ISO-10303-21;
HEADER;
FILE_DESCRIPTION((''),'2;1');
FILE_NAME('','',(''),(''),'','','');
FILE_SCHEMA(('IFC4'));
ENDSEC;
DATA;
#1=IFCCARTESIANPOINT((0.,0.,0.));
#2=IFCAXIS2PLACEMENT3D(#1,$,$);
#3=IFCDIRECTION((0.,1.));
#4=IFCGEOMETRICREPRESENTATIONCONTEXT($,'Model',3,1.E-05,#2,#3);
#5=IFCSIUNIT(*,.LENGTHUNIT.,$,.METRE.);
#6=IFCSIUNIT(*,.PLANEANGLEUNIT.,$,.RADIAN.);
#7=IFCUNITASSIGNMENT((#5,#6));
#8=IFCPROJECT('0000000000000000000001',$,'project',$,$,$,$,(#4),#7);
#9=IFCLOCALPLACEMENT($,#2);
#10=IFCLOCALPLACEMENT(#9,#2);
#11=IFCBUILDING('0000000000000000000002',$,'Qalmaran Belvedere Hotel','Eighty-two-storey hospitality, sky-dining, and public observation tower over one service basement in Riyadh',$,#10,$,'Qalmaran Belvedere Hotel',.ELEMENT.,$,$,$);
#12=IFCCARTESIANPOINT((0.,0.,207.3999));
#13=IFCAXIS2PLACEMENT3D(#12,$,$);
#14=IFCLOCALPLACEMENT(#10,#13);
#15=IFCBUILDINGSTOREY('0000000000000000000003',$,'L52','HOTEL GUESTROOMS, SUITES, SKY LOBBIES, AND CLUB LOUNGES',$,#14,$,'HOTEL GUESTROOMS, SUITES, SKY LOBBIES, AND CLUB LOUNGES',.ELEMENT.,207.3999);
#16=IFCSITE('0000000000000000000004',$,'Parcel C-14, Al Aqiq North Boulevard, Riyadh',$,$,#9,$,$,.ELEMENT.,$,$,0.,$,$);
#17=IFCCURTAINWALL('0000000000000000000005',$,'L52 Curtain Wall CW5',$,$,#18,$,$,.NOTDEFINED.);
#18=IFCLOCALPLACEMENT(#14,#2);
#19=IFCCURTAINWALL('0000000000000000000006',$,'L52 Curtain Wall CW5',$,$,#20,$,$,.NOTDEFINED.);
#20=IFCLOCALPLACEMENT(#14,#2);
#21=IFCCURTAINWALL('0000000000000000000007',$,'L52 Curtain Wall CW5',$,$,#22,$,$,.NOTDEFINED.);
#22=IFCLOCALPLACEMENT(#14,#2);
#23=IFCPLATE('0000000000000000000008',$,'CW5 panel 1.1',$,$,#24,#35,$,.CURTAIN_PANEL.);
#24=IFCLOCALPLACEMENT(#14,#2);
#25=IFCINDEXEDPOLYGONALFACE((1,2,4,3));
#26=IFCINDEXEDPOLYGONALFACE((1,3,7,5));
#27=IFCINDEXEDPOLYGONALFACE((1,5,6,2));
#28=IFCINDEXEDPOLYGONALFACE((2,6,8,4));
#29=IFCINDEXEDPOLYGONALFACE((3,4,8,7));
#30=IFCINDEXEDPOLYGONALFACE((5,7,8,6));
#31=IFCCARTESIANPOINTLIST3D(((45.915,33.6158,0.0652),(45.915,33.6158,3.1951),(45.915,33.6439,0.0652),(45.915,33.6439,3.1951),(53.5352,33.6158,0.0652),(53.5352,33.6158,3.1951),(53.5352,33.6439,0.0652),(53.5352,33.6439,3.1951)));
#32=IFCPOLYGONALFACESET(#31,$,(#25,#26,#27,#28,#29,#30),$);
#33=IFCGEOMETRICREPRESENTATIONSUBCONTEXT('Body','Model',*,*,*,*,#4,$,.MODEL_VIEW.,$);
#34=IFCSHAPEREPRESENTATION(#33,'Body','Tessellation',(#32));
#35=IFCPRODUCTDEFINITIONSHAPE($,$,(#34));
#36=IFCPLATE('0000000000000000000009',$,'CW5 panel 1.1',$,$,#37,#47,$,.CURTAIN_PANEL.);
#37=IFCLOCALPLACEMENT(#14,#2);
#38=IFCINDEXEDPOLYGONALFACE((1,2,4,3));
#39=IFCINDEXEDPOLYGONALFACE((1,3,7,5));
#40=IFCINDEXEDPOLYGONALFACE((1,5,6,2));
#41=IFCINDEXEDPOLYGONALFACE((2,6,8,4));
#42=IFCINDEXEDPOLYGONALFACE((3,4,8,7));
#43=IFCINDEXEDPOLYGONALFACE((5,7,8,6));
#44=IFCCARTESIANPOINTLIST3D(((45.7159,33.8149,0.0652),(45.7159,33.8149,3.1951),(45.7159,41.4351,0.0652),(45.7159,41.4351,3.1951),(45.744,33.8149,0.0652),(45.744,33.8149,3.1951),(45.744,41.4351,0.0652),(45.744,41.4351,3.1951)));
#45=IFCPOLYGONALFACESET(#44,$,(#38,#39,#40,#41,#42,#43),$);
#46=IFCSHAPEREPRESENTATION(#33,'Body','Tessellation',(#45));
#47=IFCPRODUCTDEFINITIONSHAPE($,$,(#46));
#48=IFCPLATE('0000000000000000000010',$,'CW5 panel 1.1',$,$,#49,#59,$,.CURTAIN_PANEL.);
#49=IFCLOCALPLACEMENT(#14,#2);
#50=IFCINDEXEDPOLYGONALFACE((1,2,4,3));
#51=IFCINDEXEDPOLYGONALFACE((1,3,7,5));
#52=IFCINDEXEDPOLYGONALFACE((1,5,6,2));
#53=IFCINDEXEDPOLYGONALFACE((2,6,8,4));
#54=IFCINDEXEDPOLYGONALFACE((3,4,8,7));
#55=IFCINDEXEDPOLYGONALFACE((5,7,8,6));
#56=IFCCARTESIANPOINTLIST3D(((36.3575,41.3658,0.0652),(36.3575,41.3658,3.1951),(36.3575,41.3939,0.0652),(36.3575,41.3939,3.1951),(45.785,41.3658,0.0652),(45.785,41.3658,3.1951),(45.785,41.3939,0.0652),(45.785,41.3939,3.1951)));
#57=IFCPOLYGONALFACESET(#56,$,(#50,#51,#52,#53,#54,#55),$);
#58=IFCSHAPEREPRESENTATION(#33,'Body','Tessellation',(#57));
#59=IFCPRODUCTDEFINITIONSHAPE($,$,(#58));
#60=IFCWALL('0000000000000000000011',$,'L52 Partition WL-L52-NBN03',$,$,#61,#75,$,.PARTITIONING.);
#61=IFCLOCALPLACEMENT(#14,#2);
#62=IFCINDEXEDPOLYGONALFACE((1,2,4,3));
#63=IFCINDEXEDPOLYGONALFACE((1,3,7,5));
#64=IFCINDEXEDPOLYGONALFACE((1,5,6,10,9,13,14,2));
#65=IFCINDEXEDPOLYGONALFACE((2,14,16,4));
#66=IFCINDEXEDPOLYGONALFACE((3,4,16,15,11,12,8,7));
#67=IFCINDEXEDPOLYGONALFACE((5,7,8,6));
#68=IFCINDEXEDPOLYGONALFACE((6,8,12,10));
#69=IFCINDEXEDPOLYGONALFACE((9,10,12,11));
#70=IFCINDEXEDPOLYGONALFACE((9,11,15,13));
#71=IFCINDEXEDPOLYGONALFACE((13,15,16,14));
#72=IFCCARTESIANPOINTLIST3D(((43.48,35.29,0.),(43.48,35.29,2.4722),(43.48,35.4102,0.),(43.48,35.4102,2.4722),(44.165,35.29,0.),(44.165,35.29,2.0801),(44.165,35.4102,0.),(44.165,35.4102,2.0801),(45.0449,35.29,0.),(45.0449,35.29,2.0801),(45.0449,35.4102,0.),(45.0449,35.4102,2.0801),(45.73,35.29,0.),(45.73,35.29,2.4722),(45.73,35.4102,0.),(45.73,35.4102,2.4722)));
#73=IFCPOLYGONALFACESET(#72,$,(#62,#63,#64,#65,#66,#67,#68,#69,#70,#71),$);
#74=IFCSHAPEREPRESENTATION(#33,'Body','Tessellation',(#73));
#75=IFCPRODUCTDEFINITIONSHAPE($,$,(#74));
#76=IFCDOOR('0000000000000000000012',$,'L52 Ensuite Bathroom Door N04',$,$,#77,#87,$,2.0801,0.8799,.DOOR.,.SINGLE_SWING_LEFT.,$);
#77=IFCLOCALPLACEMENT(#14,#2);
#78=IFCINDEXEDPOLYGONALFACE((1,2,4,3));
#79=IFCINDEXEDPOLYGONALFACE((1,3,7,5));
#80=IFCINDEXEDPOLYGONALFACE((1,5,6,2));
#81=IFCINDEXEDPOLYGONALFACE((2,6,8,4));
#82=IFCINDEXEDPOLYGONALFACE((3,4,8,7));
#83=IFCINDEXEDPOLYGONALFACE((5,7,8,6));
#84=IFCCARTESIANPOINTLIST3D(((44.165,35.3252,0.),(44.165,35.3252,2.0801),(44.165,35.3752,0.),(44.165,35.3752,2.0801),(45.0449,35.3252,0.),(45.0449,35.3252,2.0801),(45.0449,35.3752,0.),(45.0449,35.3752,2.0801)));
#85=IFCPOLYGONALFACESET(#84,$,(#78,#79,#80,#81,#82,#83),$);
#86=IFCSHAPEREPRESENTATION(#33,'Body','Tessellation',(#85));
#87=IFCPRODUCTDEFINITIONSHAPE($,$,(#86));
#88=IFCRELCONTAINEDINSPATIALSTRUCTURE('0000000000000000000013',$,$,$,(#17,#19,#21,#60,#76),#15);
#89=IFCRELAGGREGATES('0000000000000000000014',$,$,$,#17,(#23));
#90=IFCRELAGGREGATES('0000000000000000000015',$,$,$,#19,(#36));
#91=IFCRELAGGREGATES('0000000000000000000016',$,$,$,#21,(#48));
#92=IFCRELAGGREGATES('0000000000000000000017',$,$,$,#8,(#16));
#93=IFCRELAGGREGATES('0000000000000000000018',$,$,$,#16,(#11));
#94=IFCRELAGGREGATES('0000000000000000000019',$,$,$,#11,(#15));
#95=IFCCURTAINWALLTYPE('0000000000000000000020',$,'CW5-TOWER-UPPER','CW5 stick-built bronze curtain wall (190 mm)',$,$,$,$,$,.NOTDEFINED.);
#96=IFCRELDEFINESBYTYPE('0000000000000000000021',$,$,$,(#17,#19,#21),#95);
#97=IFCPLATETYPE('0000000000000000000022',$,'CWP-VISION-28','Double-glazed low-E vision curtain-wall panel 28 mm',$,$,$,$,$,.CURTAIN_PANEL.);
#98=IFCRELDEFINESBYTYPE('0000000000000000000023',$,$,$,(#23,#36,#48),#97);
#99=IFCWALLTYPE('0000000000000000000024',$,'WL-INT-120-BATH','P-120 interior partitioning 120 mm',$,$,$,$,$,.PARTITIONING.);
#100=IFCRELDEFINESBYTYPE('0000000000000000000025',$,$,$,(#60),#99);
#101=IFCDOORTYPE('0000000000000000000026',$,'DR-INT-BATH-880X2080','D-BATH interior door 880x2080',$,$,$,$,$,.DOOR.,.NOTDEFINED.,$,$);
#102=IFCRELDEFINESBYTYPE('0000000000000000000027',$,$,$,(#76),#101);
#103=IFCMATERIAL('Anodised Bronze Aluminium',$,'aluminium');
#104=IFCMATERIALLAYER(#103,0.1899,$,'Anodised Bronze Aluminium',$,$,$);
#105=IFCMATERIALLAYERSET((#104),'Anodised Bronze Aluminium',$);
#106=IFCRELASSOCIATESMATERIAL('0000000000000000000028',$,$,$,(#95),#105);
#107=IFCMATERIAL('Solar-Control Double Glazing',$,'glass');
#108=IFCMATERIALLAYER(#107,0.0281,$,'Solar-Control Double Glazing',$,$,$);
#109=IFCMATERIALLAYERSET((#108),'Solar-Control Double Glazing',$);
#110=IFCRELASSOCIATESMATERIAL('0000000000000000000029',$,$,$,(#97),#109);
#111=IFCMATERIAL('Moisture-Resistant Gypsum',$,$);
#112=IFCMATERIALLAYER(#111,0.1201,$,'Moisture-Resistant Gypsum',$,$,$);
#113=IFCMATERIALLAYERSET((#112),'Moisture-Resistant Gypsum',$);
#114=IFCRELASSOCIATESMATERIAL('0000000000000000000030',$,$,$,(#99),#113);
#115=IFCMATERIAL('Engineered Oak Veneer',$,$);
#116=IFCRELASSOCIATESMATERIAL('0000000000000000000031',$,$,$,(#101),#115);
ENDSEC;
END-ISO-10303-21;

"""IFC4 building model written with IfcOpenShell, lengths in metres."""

from ifc_helpers import new_model, si_unit, direction, frame, frame_2d, origin, origin_2d, place, context, subcontext, project, spatial, rectangle, extrude, material, layer, layer_set, type_object, element, fill, aggregate, save


model = new_model("IFC4")

# Units and contexts
model_context = context("Model", 3, precision=1e-05, world=origin(), true_north=direction((0.0, 1.0)))
body_context = subcontext(model_context, "Body", "Model", "MODEL_VIEW")
ifc_project = project(units=[si_unit("LENGTHUNIT", "METRE"), si_unit("PLANEANGLEUNIT", "RADIAN")], contexts=[model_context])

# Site, building, storey
site_placement = place(None, origin())
site = spatial("IfcSite", under=ifc_project, at=site_placement, Name="Parcel C-14, Al Aqiq North Boulevard, Riyadh", CompositionType="ELEMENT", RefElevation=0.0)
building_placement = place(site_placement, origin())
building = spatial("IfcBuilding", under=site, at=building_placement, Name="Qalmaran Belvedere Hotel", Description="Eighty-two-storey hospitality, sky-dining, and public observation tower over one service basement in Riyadh", LongName="Qalmaran Belvedere Hotel", CompositionType="ELEMENT")
storey_placement = place(building_placement, frame((0.0, 0.0, 207.3999)))
storey = spatial("IfcBuildingStorey", under=building, at=storey_placement, Name="L52", Description="HOTEL GUESTROOMS, SUITES, SKY LOBBIES, AND CLUB LOUNGES", LongName="HOTEL GUESTROOMS, SUITES, SKY LOBBIES, AND CLUB LOUNGES", CompositionType="ELEMENT", Elevation=207.3999)

# Shared definitions
ifc_material_1 = material(Name="Anodised Bronze Aluminium", Category="aluminium")
ifc_layer_1 = layer(ifc_material_1, 0.1899, Name="Anodised Bronze Aluminium")
ifc_layer_set_1 = layer_set([ifc_layer_1], Name="Anodised Bronze Aluminium")
curtain_wall_type = type_object("IfcCurtainWallType", Name="CW5-TOWER-UPPER", Description="CW5 stick-built bronze curtain wall (190 mm)", PredefinedType="NOTDEFINED", material=ifc_layer_set_1)

# Curtain walls
curtain_wall_1_placement = place(storey_placement, origin())
curtain_wall_1 = element("IfcCurtainWall", 1, at=curtain_wall_1_placement, inside=storey, type_object=curtain_wall_type, Name="L52 Curtain Wall CW5", PredefinedType="NOTDEFINED")
curtain_wall_2_placement = place(storey_placement, origin())
curtain_wall_2 = element("IfcCurtainWall", 2, at=curtain_wall_2_placement, inside=storey, type_object=curtain_wall_type, Name="L52 Curtain Wall CW5", PredefinedType="NOTDEFINED")

# Curtain wall
curtain_wall_3_placement = place(storey_placement, origin())
curtain_wall_3 = element("IfcCurtainWall", 3, at=curtain_wall_3_placement, inside=storey, type_object=curtain_wall_type, Name="L52 Curtain Wall CW5", PredefinedType="NOTDEFINED")

# Plates
ifc_material_2 = material(Name="Solar-Control Double Glazing", Category="glass")
ifc_layer_2 = layer(ifc_material_2, 0.0281, Name="Solar-Control Double Glazing")
ifc_layer_set_2 = layer_set([ifc_layer_2], Name="Solar-Control Double Glazing")
plate_type = type_object("IfcPlateType", Name="CWP-VISION-28", Description="Double-glazed low-E vision curtain-wall panel 28 mm", PredefinedType="CURTAIN_PANEL", material=ifc_layer_set_2)
plate_1_placement = place(storey_placement, frame((49.7251, 33.6299, 0.0652), z_axis=(0.0, 0.0, 1.0), x_axis=(-1.0, 0.0, 0.0)))
plate_1 = element("IfcPlate", 4, at=plate_1_placement, type_object=plate_type, Name="CW5 panel 1.1", PredefinedType="CURTAIN_PANEL", context=body_context, shape_type="SweptSolid", body=[
    extrude(rectangle(XDim=7.6201, YDim=0.0281, at=origin_2d()), origin(), (0.0, 0.0, 1.0), 3.1299),
])
aggregate(curtain_wall_1, [plate_1])
plate_2_placement = place(storey_placement, frame((45.73, 37.625, 0.0652), z_axis=(0.0, 0.0, 1.0), x_axis=(0.0, 1.0, 0.0)))
plate_2 = element("IfcPlate", 5, at=plate_2_placement, type_object=plate_type, Name="CW5 panel 1.1", PredefinedType="CURTAIN_PANEL", context=body_context, shape_type="SweptSolid", body=[
    extrude(rectangle(XDim=7.6201, YDim=0.0281, at=origin_2d()), origin(), (0.0, 0.0, 1.0), 3.1299),
])
aggregate(curtain_wall_2, [plate_2])
plate_3_placement = place(storey_placement, frame((41.0713, 41.3799, 0.0652), z_axis=(0.0, 0.0, 1.0), x_axis=(-1.0, 0.0, 0.0)))
plate_3 = element("IfcPlate", 6, at=plate_3_placement, type_object=plate_type, Name="CW5 panel 1.1", PredefinedType="CURTAIN_PANEL", context=body_context, shape_type="SweptSolid", body=[
    extrude(rectangle(XDim=9.4275, YDim=0.0281, at=origin_2d()), origin(), (0.0, 0.0, 1.0), 3.1299),
])
aggregate(curtain_wall_3, [plate_3])

# Wall, opening, door
ifc_material_3 = material(Name="Moisture-Resistant Gypsum")
ifc_layer_3 = layer(ifc_material_3, 0.1201, Name="Moisture-Resistant Gypsum")
ifc_layer_set_3 = layer_set([ifc_layer_3], Name="Moisture-Resistant Gypsum")
wall_type = type_object("IfcWallType", Name="WL-INT-120-BATH", Description="P-120 interior partitioning 120 mm", PredefinedType="PARTITIONING", material=ifc_layer_set_3)
wall_placement = place(storey_placement, frame((43.48, 35.3501, 0.0), z_axis=(0.0, 0.0, 1.0), x_axis=(1.0, 0.0, 0.0)))
wall = element("IfcWall", 7, at=wall_placement, inside=storey, type_object=wall_type, Name="L52 Partition WL-L52-NBN03", PredefinedType="PARTITIONING", context=body_context, shape_type="SweptSolid", body=[
    extrude(rectangle(XDim=2.25, YDim=0.1201, at=frame_2d((1.125, 0.0))), origin(), (0.0, 0.0, 1.0), 2.4722),
])
opening_placement = place(wall_placement, frame((1.5649, 0.0, 0.0), z_axis=(0.0, 0.0, 1.0), x_axis=(-1.0, 0.0, 0.0)))
opening = element("IfcOpeningElement", 8, at=opening_placement, cuts=wall, PredefinedType="OPENING", context=body_context, shape_type="SweptSolid", body=[
    extrude(rectangle(XDim=0.8799, YDim=2.0801, at=frame_2d((0.4399, 1.04))), frame((0.0, 0.0701, 0.0), z_axis=(0.0, -1.0, 0.0), x_axis=(1.0, 0.0, 0.0)), (0.0, 0.0, 1.0), 0.1401),
])
ifc_material_4 = material(Name="Engineered Oak Veneer")
door_type = type_object("IfcDoorType", Name="DR-INT-BATH-880X2080", Description="D-BATH interior door 880x2080", OperationType="NOTDEFINED", PredefinedType="DOOR", material=ifc_material_4)
door_placement = place(opening_placement, origin())
door = element("IfcDoor", 9, at=door_placement, inside=storey, type_object=door_type, Name="L52 Ensuite Bathroom Door N04", OperationType="SINGLE_SWING_LEFT", OverallHeight=2.0801, OverallWidth=0.8799, PredefinedType="DOOR", context=body_context, shape_type="SweptSolid", body=[
    extrude(rectangle(XDim=0.8799, YDim=2.0801, at=frame_2d((0.4399, 1.04))), frame((0.0, 0.0249, 0.0), z_axis=(0.0, -1.0, 0.0), x_axis=(1.0, 0.0, 0.0)), (0.0, 0.0, 1.0), 0.05),
])
fill(opening, door)

save(model, "model.ifc")
